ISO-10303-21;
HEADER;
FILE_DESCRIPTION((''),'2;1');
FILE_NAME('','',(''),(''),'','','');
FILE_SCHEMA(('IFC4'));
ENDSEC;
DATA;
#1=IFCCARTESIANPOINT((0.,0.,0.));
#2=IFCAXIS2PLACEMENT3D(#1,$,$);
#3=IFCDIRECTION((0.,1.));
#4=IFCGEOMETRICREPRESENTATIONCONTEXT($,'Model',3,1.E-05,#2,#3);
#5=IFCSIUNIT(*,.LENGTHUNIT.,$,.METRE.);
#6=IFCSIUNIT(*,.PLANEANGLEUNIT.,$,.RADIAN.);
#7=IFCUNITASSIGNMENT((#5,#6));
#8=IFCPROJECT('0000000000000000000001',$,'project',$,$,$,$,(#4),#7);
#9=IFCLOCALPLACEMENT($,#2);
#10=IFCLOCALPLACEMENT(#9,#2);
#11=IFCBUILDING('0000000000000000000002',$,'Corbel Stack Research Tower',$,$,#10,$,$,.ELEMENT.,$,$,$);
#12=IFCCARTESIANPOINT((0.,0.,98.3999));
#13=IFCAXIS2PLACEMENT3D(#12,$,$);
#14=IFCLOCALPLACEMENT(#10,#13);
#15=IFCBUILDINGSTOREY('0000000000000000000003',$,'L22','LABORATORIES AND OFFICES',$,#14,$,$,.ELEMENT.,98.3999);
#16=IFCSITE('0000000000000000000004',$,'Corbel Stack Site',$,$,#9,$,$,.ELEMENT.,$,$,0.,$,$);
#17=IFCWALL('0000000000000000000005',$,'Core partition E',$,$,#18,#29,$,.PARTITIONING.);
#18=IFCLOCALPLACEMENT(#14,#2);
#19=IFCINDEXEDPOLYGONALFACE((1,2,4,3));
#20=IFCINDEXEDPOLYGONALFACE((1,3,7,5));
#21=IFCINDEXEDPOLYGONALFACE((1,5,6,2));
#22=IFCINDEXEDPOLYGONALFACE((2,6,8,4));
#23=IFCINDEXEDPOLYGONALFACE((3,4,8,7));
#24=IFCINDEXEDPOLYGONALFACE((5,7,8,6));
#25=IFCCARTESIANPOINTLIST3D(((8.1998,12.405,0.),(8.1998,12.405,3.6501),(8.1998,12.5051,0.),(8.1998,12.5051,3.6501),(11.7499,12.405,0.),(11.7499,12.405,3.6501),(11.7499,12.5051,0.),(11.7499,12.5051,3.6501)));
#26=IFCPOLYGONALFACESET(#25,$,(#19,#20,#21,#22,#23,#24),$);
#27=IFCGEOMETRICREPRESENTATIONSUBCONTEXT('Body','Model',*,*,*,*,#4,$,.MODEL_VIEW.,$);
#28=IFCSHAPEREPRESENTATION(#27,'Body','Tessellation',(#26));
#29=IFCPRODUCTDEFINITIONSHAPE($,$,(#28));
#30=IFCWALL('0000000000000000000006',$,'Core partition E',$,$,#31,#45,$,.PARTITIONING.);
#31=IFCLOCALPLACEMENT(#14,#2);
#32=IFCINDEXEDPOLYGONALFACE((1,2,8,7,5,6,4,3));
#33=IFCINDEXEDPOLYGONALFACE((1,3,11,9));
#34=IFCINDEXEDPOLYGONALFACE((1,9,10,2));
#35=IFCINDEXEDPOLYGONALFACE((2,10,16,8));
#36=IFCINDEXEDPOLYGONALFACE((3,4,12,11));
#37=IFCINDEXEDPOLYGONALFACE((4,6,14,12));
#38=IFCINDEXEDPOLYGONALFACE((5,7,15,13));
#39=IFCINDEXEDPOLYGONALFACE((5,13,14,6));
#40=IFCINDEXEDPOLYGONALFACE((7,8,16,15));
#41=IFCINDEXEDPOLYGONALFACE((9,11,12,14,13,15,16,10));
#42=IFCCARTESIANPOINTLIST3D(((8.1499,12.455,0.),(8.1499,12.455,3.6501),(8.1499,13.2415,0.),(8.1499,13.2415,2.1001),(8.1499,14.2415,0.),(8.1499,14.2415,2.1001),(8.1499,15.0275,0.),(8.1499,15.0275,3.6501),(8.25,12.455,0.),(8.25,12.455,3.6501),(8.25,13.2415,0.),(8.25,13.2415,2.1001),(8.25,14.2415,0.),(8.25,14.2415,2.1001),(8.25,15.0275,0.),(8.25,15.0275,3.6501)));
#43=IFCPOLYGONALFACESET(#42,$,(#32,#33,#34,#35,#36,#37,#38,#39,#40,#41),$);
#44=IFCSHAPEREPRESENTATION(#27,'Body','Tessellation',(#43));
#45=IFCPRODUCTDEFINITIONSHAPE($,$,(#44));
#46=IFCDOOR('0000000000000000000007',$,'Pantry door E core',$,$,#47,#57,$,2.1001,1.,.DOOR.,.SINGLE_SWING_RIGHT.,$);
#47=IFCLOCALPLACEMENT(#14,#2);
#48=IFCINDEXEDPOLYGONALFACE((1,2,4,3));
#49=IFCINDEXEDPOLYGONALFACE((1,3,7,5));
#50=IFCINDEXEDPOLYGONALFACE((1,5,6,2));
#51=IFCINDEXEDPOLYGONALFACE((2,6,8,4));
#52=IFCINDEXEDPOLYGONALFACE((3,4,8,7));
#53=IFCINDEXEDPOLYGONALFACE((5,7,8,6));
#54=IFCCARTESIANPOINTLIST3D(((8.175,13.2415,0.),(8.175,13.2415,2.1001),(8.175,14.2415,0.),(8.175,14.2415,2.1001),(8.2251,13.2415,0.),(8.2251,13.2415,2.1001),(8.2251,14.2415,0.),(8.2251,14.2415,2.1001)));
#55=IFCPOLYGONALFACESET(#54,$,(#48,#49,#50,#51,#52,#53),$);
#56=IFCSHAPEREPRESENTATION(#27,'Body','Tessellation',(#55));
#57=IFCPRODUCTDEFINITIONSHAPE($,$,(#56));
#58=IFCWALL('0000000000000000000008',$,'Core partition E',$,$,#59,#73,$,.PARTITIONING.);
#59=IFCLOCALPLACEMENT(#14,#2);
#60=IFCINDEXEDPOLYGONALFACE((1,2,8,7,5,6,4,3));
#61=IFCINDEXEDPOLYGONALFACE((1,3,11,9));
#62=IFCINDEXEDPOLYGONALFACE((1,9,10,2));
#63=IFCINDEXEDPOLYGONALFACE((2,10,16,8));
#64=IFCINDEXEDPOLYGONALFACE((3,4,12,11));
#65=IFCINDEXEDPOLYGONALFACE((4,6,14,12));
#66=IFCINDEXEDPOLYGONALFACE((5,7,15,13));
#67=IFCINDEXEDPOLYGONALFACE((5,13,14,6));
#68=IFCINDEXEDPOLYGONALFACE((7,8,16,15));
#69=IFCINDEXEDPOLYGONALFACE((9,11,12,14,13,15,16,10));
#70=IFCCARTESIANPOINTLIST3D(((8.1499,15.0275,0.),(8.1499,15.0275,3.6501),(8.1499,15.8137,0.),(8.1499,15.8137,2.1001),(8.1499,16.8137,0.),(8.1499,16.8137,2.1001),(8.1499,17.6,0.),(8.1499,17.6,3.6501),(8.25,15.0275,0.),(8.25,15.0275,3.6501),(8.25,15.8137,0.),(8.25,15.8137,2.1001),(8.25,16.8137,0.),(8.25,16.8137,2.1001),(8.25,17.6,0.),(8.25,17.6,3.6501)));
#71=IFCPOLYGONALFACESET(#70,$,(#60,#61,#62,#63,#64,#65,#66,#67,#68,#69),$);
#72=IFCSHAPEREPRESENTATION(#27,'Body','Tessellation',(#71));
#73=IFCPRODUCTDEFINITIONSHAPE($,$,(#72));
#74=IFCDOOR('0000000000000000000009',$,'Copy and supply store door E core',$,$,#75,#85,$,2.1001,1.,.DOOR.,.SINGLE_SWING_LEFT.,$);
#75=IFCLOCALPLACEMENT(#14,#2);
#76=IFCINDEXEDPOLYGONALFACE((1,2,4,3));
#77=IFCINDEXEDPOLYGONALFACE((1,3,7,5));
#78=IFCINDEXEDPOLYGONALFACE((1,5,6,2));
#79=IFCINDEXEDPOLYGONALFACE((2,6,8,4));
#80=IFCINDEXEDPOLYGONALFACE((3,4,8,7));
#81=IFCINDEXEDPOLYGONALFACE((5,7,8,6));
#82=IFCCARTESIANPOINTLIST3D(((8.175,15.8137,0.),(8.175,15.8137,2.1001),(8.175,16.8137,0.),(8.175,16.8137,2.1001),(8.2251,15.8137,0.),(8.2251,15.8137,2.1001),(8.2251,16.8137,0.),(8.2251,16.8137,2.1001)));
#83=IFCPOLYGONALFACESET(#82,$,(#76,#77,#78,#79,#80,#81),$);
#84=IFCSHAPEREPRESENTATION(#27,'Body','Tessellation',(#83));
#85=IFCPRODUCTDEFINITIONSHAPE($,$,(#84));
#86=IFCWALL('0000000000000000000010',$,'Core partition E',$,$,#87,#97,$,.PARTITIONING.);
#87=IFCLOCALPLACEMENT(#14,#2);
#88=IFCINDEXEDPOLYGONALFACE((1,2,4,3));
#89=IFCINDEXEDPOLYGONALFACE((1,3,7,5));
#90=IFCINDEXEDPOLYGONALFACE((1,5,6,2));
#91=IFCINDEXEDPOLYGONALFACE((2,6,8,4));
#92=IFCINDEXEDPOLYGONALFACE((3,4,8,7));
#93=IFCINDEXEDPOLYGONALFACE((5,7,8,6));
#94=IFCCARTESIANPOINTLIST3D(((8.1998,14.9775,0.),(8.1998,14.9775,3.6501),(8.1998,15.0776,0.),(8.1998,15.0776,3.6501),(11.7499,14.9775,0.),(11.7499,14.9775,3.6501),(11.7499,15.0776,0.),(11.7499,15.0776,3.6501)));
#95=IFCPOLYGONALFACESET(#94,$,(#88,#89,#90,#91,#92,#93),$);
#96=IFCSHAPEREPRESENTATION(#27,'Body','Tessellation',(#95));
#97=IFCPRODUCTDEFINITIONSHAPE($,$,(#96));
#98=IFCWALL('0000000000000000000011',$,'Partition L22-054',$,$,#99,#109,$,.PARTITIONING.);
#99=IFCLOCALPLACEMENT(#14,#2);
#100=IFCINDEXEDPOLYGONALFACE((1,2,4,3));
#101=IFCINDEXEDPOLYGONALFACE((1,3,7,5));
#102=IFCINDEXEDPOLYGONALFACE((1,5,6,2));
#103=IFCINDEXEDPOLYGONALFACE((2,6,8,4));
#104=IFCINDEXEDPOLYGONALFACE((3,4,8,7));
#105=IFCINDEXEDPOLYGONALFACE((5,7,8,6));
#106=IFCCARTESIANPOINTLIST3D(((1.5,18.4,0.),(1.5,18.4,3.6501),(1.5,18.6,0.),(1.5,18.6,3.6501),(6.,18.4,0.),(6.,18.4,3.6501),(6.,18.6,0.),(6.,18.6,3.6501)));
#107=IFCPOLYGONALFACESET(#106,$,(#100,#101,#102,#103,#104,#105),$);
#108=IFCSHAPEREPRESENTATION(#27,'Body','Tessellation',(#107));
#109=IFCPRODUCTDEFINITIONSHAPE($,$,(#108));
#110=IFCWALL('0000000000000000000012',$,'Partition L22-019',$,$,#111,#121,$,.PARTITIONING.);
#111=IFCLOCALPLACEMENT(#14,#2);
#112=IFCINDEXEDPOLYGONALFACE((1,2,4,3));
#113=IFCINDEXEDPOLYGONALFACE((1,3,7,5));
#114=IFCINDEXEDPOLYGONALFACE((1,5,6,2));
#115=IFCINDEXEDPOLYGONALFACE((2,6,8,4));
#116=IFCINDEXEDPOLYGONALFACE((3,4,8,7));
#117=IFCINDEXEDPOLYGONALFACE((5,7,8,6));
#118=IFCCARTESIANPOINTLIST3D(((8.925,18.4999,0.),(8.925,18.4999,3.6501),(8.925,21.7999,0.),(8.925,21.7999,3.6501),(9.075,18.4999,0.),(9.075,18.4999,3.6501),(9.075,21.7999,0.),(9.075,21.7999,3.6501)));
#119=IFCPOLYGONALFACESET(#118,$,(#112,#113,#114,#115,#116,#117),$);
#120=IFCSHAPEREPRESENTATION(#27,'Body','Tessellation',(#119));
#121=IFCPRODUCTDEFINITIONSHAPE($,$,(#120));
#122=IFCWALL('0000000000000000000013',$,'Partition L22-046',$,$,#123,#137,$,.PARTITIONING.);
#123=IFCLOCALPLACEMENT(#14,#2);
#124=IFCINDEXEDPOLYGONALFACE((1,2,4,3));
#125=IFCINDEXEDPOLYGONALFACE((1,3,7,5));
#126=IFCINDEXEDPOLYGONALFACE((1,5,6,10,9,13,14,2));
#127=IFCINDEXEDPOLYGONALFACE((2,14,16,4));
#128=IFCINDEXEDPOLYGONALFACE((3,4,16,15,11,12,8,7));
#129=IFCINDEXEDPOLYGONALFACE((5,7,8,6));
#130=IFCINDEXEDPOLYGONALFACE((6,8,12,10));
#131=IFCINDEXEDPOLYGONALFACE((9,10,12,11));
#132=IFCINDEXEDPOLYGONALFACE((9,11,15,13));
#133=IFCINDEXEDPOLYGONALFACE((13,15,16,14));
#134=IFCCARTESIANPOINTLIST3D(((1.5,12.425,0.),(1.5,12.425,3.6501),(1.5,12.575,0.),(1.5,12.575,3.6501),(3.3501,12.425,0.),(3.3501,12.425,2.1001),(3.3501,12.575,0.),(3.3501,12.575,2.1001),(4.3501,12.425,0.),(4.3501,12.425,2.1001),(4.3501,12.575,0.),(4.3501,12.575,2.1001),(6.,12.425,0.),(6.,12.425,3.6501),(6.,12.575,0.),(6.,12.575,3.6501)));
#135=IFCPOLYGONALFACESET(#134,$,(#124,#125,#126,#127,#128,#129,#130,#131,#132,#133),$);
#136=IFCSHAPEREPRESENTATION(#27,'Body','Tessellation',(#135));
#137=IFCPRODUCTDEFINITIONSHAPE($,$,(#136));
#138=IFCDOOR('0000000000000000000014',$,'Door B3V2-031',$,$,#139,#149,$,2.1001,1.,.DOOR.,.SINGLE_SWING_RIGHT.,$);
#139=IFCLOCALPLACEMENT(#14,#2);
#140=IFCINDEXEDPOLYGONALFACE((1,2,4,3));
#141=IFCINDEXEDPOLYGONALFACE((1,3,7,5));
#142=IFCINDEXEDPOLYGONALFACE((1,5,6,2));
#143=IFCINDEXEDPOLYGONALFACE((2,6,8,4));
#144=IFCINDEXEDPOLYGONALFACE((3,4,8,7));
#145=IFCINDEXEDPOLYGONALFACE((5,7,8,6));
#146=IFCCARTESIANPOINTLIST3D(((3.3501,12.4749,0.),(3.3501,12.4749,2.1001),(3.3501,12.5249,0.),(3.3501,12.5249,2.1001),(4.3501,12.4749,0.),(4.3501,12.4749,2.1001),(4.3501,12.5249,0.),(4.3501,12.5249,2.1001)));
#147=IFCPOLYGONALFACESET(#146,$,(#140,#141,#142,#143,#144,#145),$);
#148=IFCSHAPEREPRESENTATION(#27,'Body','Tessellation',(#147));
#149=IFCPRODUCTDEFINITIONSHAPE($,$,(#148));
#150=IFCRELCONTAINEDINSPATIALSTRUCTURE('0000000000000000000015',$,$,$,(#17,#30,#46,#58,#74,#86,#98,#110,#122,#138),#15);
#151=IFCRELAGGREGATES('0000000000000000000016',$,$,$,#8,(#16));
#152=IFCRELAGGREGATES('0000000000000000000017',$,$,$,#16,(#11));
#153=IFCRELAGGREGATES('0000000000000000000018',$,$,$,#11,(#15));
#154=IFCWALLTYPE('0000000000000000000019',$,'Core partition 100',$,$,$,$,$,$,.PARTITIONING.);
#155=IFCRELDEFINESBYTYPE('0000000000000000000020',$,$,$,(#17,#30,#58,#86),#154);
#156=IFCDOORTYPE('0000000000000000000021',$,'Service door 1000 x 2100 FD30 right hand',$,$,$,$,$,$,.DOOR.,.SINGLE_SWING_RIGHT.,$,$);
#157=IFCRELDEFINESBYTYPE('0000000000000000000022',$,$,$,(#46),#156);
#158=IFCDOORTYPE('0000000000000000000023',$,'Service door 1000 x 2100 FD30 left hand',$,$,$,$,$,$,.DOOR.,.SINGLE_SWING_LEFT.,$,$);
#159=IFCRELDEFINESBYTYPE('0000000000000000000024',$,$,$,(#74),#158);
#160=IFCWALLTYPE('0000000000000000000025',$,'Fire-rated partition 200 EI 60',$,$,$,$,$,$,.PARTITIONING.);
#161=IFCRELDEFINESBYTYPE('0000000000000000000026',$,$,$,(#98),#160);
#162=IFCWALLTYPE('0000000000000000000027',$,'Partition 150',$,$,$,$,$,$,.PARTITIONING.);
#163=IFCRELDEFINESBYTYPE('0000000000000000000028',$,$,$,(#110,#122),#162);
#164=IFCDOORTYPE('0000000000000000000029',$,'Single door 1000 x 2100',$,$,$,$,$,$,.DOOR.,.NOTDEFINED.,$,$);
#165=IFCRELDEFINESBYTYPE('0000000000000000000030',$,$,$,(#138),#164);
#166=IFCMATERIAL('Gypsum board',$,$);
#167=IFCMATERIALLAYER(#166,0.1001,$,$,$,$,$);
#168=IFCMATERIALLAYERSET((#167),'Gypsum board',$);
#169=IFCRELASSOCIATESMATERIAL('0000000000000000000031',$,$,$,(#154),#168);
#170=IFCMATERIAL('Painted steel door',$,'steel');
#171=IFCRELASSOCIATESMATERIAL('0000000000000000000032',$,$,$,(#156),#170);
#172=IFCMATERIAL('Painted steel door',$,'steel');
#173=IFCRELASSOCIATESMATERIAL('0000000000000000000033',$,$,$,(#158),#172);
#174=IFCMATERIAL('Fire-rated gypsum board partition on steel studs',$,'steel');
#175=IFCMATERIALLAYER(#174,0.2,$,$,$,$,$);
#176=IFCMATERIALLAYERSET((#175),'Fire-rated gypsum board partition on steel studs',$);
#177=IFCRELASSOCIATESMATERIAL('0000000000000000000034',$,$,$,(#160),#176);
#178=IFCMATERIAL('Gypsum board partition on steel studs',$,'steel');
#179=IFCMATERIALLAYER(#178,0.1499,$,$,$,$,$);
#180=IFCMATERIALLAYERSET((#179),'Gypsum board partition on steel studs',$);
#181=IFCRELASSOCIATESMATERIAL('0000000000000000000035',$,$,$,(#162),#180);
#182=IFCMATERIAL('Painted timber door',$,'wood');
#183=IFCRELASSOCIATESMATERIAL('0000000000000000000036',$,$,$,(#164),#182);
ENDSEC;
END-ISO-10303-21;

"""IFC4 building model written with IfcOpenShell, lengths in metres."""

from ifc_helpers import new_model, si_unit, direction, frame, frame_2d, origin, place, context, subcontext, project, spatial, rectangle, extrude, material, layer, layer_set, type_object, element, fill, save


model = new_model("IFC4")

# Units and contexts
model_context = context("Model", 3, precision=1e-05, world=origin(), true_north=direction((0.0, 1.0)))
body_context = subcontext(model_context, "Body", "Model", "MODEL_VIEW")
ifc_project = project(units=[si_unit("LENGTHUNIT", "METRE"), si_unit("PLANEANGLEUNIT", "RADIAN")], contexts=[model_context])

# Site, building, storey
site_placement = place(None, origin())
site = spatial("IfcSite", under=ifc_project, at=site_placement, Name="Corbel Stack Site", CompositionType="ELEMENT", RefElevation=0.0)
building_placement = place(site_placement, origin())
building = spatial("IfcBuilding", under=site, at=building_placement, Name="Corbel Stack Research Tower", CompositionType="ELEMENT")
storey_placement = place(building_placement, frame((0.0, 0.0, 98.3999)))
storey = spatial("IfcBuildingStorey", under=building, at=storey_placement, Name="L22", Description="LABORATORIES AND OFFICES", CompositionType="ELEMENT", Elevation=98.3999)

# Shared definitions
ifc_material_1 = material(Name="Gypsum board")
ifc_layer_1 = layer(ifc_material_1, 0.1001)
ifc_layer_set_1 = layer_set([ifc_layer_1], Name="Gypsum board")
wall_type_1 = type_object("IfcWallType", Name="Core partition 100", PredefinedType="PARTITIONING", material=ifc_layer_set_1)

# Wall
wall_1_placement = place(storey_placement, frame((8.2, 12.4551, 0.0), z_axis=(0.0, 0.0, 1.0), x_axis=(1.0, 0.0, 0.0)))
element("IfcWall", 1, at=wall_1_placement, inside=storey, type_object=wall_type_1, Name="Core partition E", PredefinedType="PARTITIONING", context=body_context, shape_type="SweptSolid", body=[
    extrude(rectangle(XDim=3.55, YDim=0.1001, at=frame_2d((1.7749, 0.0))), origin(), (0.0, 0.0, 1.0), 3.6501),
])

# Walls, openings, doors
wall_2_placement = place(storey_placement, frame((8.2, 12.4551, 0.0), z_axis=(0.0, 0.0, 1.0), x_axis=(0.0, 1.0, 0.0)))
wall_2 = element("IfcWall", 2, at=wall_2_placement, inside=storey, type_object=wall_type_1, Name="Core partition E", PredefinedType="PARTITIONING", context=body_context, shape_type="SweptSolid", body=[
    extrude(rectangle(XDim=2.5725, YDim=0.1001, at=frame_2d((1.2861, 0.0))), origin(), (0.0, 0.0, 1.0), 3.6501),
])
opening_1_placement = place(wall_2_placement, frame((0.7864, 0.0, 0.0)))
opening_1 = element("IfcOpeningElement", 3, at=opening_1_placement, cuts=wall_2, PredefinedType="OPENING", context=body_context, shape_type="SweptSolid", body=[
    extrude(rectangle(XDim=1.0, YDim=2.1001, at=frame_2d((0.5, 1.05))), frame((0.0, 0.0601, 0.0), z_axis=(0.0, -1.0, 0.0), x_axis=(1.0, 0.0, 0.0)), (0.0, 0.0, 1.0), 0.1201),
])
ifc_material_2 = material(Name="Painted steel door", Category="steel")
door_type_1 = type_object("IfcDoorType", Name="Service door 1000 x 2100 FD30 right hand", OperationType="SINGLE_SWING_RIGHT", PredefinedType="DOOR", material=ifc_material_2)
door_1_placement = place(opening_1_placement, origin())
door_1 = element("IfcDoor", 4, at=door_1_placement, inside=storey, type_object=door_type_1, Name="Pantry door E core", OperationType="SINGLE_SWING_RIGHT", OverallHeight=2.1001, OverallWidth=1.0, PredefinedType="DOOR", context=body_context, shape_type="SweptSolid", body=[
    extrude(rectangle(XDim=1.0, YDim=2.1001, at=frame_2d((0.5, 1.05))), frame((0.0, 0.0249, 0.0), z_axis=(0.0, -1.0, 0.0), x_axis=(1.0, 0.0, 0.0)), (0.0, 0.0, 1.0), 0.05),
])
fill(opening_1, door_1)
wall_3_placement = place(storey_placement, frame((8.2, 15.0276, 0.0), z_axis=(0.0, 0.0, 1.0), x_axis=(0.0, 1.0, 0.0)))
wall_3 = element("IfcWall", 5, at=wall_3_placement, inside=storey, type_object=wall_type_1, Name="Core partition E", PredefinedType="PARTITIONING", context=body_context, shape_type="SweptSolid", body=[
    extrude(rectangle(XDim=2.5725, YDim=0.1001, at=frame_2d((1.2861, 0.0))), origin(), (0.0, 0.0, 1.0), 3.6501),
])
opening_2_placement = place(wall_3_placement, frame((0.7861, 0.0, 0.0)))
opening_2 = element("IfcOpeningElement", 6, at=opening_2_placement, cuts=wall_3, PredefinedType="OPENING", context=body_context, shape_type="SweptSolid", body=[
    extrude(rectangle(XDim=1.0, YDim=2.1001, at=frame_2d((0.5, 1.05))), frame((0.0, 0.0601, 0.0), z_axis=(0.0, -1.0, 0.0), x_axis=(1.0, 0.0, 0.0)), (0.0, 0.0, 1.0), 0.1201),
])
ifc_material_3 = material(Name="Painted steel door", Category="steel")
door_type_2 = type_object("IfcDoorType", Name="Service door 1000 x 2100 FD30 left hand", OperationType="SINGLE_SWING_LEFT", PredefinedType="DOOR", material=ifc_material_3)
door_2_placement = place(opening_2_placement, origin())
door_2 = element("IfcDoor", 7, at=door_2_placement, inside=storey, type_object=door_type_2, Name="Copy and supply store door E core", OperationType="SINGLE_SWING_LEFT", OverallHeight=2.1001, OverallWidth=1.0, PredefinedType="DOOR", context=body_context, shape_type="SweptSolid", body=[
    extrude(rectangle(XDim=1.0, YDim=2.1001, at=frame_2d((0.5, 1.05))), frame((0.0, 0.0249, 0.0), z_axis=(0.0, -1.0, 0.0), x_axis=(1.0, 0.0, 0.0)), (0.0, 0.0, 1.0), 0.05),
])
fill(opening_2, door_2)

# Walls
wall_4_placement = place(storey_placement, frame((8.2, 15.0276, 0.0), z_axis=(0.0, 0.0, 1.0), x_axis=(1.0, 0.0, 0.0)))
element("IfcWall", 8, at=wall_4_placement, inside=storey, type_object=wall_type_1, Name="Core partition E", PredefinedType="PARTITIONING", context=body_context, shape_type="SweptSolid", body=[
    extrude(rectangle(XDim=3.55, YDim=0.1001, at=frame_2d((1.7749, 0.0))), origin(), (0.0, 0.0, 1.0), 3.6501),
])
ifc_material_4 = material(Name="Fire-rated gypsum board partition on steel studs", Category="steel")
ifc_layer_2 = layer(ifc_material_4, 0.2)
ifc_layer_set_2 = layer_set([ifc_layer_2], Name="Fire-rated gypsum board partition on steel studs")
wall_type_2 = type_object("IfcWallType", Name="Fire-rated partition 200 EI 60", PredefinedType="PARTITIONING", material=ifc_layer_set_2)
wall_5_placement = place(storey_placement, frame((1.5, 18.5, 0.0), z_axis=(0.0, 0.0, 1.0), x_axis=(1.0, 0.0, 0.0)))
element("IfcWall", 9, at=wall_5_placement, inside=storey, type_object=wall_type_2, Name="Partition L22-054", PredefinedType="PARTITIONING", context=body_context, shape_type="SweptSolid", body=[
    extrude(rectangle(XDim=4.5, YDim=0.2, at=frame_2d((2.25, 0.0))), origin(), (0.0, 0.0, 1.0), 3.6501),
])
ifc_material_5 = material(Name="Gypsum board partition on steel studs", Category="steel")
ifc_layer_3 = layer(ifc_material_5, 0.1499)
ifc_layer_set_3 = layer_set([ifc_layer_3], Name="Gypsum board partition on steel studs")
wall_type_3 = type_object("IfcWallType", Name="Partition 150", PredefinedType="PARTITIONING", material=ifc_layer_set_3)
wall_6_placement = place(storey_placement, frame((9.0, 18.5, 0.0), z_axis=(0.0, 0.0, 1.0), x_axis=(0.0, 1.0, 0.0)))
element("IfcWall", 10, at=wall_6_placement, inside=storey, type_object=wall_type_3, Name="Partition L22-019", PredefinedType="PARTITIONING", context=body_context, shape_type="SweptSolid", body=[
    extrude(rectangle(XDim=3.3, YDim=0.1499, at=frame_2d((1.6499, 0.0))), origin(), (0.0, 0.0, 1.0), 3.6501),
])

# Wall, opening, door
wall_7_placement = place(storey_placement, frame((1.5, 12.5, 0.0), z_axis=(0.0, 0.0, 1.0), x_axis=(1.0, 0.0, 0.0)))
wall_7 = element("IfcWall", 11, at=wall_7_placement, inside=storey, type_object=wall_type_3, Name="Partition L22-046", PredefinedType="PARTITIONING", context=body_context, shape_type="SweptSolid", body=[
    extrude(rectangle(XDim=4.5, YDim=0.1499, at=frame_2d((2.25, 0.0))), origin(), (0.0, 0.0, 1.0), 3.6501),
])
opening_3_placement = place(wall_7_placement, frame((1.8501, 0.0, 0.0)))
opening_3 = element("IfcOpeningElement", 12, at=opening_3_placement, cuts=wall_7, PredefinedType="OPENING", context=body_context, shape_type="SweptSolid", body=[
    extrude(rectangle(XDim=1.0, YDim=2.1001, at=frame_2d((0.5, 1.05))), frame((0.0, 0.085, 0.0), z_axis=(0.0, -1.0, 0.0), x_axis=(1.0, 0.0, 0.0)), (0.0, 0.0, 1.0), 0.1699),
])
ifc_material_6 = material(Name="Painted timber door", Category="wood")
door_type_3 = type_object("IfcDoorType", Name="Single door 1000 x 2100", OperationType="NOTDEFINED", PredefinedType="DOOR", material=ifc_material_6)
door_3_placement = place(opening_3_placement, origin())
door_3 = element("IfcDoor", 13, at=door_3_placement, inside=storey, type_object=door_type_3, Name="Door B3V2-031", OperationType="SINGLE_SWING_RIGHT", OverallHeight=2.1001, OverallWidth=1.0, PredefinedType="DOOR", context=body_context, shape_type="SweptSolid", body=[
    extrude(rectangle(XDim=1.0, YDim=2.1001, at=frame_2d((0.5, 1.05))), frame((0.0, 0.0249, 0.0), z_axis=(0.0, -1.0, 0.0), x_axis=(1.0, 0.0, 0.0)), (0.0, 0.0, 1.0), 0.05),
])
fill(opening_3, door_3)

save(model, "model.ifc")
